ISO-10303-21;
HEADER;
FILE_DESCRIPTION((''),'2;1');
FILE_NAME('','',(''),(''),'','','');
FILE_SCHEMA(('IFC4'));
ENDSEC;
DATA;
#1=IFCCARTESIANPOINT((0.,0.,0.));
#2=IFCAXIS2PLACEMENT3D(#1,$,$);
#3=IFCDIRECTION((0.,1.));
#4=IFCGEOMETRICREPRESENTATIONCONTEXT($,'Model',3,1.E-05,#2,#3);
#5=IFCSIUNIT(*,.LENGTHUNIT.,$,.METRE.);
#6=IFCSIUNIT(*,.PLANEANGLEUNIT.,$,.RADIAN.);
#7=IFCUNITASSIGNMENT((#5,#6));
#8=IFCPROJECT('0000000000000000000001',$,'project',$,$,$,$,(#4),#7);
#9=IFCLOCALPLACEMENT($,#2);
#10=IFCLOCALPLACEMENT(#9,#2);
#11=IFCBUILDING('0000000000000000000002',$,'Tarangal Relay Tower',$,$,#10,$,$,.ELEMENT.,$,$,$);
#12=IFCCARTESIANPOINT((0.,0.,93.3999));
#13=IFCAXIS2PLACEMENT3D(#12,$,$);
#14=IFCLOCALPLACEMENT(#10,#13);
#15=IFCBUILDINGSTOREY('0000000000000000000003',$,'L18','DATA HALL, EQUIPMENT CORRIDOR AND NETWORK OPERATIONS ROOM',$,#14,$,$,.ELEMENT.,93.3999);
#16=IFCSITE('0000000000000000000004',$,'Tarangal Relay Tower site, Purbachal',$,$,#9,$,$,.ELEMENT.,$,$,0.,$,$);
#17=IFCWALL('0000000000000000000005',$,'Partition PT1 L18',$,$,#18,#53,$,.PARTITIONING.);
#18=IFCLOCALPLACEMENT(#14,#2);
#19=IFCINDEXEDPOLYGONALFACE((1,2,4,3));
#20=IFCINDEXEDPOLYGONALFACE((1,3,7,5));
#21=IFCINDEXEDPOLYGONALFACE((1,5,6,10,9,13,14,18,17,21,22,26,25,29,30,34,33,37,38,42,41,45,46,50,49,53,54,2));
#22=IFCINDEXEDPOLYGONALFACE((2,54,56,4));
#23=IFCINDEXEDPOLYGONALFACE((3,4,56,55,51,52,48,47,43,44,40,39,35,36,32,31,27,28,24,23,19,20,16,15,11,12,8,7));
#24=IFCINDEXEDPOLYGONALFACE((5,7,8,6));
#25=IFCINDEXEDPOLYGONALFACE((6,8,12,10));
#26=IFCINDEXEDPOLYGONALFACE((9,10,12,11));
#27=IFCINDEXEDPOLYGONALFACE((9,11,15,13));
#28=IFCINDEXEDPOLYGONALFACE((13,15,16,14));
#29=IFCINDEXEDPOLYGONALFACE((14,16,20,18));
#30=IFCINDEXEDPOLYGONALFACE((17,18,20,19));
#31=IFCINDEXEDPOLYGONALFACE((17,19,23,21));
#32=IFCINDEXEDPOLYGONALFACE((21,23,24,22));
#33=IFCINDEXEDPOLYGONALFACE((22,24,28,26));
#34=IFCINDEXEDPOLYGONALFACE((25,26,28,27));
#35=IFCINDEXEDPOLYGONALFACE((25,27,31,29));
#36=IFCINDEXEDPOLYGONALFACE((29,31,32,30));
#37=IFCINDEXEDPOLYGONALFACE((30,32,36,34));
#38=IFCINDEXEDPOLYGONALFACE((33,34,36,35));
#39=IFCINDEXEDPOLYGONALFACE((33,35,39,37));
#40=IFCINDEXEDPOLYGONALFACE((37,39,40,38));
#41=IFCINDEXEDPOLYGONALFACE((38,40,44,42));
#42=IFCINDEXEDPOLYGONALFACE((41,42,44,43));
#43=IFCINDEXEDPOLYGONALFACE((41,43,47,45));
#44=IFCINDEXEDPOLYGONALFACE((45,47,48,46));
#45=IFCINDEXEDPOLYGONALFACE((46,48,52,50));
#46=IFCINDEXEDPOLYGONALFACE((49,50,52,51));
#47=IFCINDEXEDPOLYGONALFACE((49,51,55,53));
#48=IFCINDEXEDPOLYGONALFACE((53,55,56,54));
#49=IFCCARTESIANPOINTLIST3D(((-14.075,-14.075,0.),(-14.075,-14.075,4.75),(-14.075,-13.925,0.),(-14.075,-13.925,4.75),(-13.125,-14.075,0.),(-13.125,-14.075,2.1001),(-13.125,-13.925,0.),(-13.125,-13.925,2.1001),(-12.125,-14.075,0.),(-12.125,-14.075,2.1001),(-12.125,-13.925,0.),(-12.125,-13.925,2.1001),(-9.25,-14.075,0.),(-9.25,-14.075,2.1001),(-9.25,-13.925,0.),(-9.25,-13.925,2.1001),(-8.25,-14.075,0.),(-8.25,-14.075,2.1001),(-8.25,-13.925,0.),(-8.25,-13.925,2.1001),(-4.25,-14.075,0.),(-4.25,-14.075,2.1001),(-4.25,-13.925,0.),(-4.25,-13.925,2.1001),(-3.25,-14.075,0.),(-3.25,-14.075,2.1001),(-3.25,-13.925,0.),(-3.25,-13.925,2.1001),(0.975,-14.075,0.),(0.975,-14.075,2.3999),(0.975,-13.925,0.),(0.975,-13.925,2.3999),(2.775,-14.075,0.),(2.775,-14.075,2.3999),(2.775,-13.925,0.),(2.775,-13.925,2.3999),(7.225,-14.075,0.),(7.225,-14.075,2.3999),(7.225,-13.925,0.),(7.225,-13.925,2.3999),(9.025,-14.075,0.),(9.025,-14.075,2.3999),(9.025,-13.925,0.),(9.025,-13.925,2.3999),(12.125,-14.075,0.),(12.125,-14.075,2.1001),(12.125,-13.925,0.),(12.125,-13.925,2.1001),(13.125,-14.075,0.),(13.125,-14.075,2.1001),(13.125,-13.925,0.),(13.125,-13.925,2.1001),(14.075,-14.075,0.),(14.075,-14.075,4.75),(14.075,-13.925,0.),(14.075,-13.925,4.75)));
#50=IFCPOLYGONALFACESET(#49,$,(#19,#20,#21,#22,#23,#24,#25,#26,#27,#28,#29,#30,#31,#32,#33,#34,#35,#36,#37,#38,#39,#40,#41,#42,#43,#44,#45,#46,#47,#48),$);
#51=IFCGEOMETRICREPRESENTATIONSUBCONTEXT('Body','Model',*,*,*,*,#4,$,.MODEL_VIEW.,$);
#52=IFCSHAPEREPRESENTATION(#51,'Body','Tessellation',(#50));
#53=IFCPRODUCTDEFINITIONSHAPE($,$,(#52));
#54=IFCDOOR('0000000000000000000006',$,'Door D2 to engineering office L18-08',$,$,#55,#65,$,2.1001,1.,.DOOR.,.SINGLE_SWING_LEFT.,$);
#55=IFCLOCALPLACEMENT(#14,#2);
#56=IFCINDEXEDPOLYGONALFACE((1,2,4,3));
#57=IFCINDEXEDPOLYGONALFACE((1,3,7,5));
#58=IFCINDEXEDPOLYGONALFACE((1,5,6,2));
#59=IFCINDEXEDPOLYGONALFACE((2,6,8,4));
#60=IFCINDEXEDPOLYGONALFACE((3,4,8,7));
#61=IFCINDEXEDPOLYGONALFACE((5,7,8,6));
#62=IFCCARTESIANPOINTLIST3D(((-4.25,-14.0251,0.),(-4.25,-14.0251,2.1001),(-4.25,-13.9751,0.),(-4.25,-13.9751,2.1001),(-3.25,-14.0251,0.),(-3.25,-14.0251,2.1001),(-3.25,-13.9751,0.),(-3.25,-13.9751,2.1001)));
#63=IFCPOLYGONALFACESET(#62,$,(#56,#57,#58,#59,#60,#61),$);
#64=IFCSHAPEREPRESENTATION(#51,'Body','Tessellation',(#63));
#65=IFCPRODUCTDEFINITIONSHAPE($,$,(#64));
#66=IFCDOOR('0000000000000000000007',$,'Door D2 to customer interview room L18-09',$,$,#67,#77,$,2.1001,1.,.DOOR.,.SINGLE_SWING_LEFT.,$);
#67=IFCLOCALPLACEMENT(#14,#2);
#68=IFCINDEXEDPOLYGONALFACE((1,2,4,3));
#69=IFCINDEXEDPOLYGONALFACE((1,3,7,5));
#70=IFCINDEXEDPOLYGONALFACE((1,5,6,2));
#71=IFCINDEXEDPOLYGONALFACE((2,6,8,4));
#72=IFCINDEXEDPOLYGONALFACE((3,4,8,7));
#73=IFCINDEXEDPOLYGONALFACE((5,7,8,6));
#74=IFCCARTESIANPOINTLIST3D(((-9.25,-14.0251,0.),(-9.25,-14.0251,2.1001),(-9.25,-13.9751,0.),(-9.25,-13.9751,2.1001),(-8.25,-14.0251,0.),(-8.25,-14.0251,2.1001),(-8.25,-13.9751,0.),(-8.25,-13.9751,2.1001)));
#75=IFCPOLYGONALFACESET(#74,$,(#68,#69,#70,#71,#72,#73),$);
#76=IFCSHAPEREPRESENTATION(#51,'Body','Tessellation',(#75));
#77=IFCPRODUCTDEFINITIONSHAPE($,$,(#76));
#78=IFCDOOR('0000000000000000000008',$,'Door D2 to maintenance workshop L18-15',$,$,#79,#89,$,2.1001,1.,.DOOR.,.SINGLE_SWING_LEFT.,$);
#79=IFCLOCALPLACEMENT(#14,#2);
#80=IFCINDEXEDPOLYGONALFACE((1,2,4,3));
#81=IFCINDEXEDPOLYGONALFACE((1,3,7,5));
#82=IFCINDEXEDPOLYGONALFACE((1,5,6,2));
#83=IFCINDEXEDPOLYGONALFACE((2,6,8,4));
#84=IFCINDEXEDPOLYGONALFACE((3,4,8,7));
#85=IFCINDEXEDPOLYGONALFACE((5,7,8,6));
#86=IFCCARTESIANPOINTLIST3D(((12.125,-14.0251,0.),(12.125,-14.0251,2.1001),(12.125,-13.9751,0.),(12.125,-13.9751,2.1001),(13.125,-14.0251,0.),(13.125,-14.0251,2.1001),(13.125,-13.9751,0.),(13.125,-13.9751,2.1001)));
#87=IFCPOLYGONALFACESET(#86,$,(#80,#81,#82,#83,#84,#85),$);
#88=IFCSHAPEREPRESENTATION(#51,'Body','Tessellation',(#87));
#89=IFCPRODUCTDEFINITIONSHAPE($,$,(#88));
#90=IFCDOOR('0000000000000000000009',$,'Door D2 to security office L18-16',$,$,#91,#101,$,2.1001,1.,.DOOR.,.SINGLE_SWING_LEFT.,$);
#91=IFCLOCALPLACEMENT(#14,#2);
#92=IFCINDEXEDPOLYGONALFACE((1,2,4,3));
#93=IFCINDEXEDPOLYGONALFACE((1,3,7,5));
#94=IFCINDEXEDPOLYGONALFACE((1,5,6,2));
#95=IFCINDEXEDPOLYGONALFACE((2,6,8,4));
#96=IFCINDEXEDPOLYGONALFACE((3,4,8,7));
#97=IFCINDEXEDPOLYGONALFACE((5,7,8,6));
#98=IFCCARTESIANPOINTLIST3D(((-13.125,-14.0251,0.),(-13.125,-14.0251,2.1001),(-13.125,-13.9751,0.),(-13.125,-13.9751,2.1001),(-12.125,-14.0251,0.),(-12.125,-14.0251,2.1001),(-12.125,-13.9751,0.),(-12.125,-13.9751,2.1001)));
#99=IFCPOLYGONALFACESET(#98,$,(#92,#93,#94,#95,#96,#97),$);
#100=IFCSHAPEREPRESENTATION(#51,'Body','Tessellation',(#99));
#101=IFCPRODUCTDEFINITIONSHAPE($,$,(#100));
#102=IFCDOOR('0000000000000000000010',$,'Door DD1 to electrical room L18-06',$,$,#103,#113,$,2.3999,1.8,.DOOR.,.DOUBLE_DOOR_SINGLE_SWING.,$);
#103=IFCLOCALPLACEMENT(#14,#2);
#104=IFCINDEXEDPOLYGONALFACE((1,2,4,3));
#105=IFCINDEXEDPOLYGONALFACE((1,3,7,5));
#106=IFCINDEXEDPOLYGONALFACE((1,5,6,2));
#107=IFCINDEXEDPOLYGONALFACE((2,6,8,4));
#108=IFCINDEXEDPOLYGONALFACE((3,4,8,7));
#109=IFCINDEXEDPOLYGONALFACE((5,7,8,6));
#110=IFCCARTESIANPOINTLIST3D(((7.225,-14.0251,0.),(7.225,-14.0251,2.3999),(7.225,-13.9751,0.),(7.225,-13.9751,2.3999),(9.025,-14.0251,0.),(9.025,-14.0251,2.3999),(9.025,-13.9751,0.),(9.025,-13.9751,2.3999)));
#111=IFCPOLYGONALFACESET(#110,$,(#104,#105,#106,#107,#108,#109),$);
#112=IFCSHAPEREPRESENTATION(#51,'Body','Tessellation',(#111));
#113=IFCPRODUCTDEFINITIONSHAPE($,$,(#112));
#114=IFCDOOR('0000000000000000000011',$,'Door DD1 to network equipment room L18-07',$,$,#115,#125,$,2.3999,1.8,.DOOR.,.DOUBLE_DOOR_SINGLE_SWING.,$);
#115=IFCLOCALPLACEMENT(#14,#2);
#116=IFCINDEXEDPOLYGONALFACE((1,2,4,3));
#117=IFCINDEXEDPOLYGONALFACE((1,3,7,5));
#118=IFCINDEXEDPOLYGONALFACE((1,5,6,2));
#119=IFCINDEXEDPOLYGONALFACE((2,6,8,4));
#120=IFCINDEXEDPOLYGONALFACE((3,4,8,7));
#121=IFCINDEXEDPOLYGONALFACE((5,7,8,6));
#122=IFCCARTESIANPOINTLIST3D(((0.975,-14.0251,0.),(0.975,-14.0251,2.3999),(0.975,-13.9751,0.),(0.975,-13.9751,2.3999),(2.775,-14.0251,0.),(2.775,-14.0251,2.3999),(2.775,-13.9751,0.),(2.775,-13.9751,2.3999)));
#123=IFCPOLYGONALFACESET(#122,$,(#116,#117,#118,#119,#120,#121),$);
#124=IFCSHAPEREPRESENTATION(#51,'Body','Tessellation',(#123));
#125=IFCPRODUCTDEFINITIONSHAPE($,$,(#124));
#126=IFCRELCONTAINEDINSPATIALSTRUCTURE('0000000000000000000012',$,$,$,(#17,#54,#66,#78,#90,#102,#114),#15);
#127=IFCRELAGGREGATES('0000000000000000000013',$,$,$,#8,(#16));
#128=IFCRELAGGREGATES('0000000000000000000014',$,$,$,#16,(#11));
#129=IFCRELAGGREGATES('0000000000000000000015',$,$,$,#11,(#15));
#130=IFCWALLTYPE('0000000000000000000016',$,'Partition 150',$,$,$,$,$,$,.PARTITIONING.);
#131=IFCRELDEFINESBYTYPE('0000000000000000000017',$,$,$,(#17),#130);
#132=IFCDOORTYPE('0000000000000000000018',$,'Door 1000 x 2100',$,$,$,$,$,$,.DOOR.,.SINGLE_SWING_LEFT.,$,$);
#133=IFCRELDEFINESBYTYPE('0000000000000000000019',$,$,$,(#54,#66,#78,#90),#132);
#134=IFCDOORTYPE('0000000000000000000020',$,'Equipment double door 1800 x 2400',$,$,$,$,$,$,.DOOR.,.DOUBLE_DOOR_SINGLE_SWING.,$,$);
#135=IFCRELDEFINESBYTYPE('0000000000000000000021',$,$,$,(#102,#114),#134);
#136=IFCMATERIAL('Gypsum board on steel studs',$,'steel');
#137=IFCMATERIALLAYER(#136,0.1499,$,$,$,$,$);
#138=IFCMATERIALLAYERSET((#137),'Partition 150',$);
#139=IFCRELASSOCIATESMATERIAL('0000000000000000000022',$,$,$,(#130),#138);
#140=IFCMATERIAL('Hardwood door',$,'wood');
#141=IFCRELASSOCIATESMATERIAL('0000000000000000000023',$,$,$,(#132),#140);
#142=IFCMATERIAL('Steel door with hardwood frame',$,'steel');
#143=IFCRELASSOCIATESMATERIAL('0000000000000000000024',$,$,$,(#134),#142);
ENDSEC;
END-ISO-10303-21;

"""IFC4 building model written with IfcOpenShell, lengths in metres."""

from ifc_helpers import new_model, si_unit, direction, frame, frame_2d, origin, place, context, subcontext, project, spatial, rectangle, extrude, material, layer, layer_set, type_object, element, fill, save


model = new_model("IFC4")

# Units and contexts
model_context = context("Model", 3, precision=1e-05, world=origin(), true_north=direction((0.0, 1.0)))
body_context = subcontext(model_context, "Body", "Model", "MODEL_VIEW")
ifc_project = project(units=[si_unit("LENGTHUNIT", "METRE"), si_unit("PLANEANGLEUNIT", "RADIAN")], contexts=[model_context])

# Site, building, storey
site_placement = place(None, origin())
site = spatial("IfcSite", under=ifc_project, at=site_placement, Name="Tarangal Relay Tower site, Purbachal", CompositionType="ELEMENT", RefElevation=0.0)
building_placement = place(site_placement, origin())
building = spatial("IfcBuilding", under=site, at=building_placement, Name="Tarangal Relay Tower", CompositionType="ELEMENT")
storey_placement = place(building_placement, frame((0.0, 0.0, 93.3999)))
storey = spatial("IfcBuildingStorey", under=building, at=storey_placement, Name="L18", Description="DATA HALL, EQUIPMENT CORRIDOR AND NETWORK OPERATIONS ROOM", CompositionType="ELEMENT", Elevation=93.3999)

# Wall, openings, doors
ifc_material_1 = material(Name="Gypsum board on steel studs", Category="steel")
ifc_layer_1 = layer(ifc_material_1, 0.1499)
ifc_layer_set_1 = layer_set([ifc_layer_1], Name="Partition 150")
wall_type_1 = type_object("IfcWallType", Name="Partition 150", PredefinedType="PARTITIONING", material=ifc_layer_set_1)
wall_1_placement = place(storey_placement, frame((-14.075, -14.0, 0.0), z_axis=(0.0, 0.0, 1.0), x_axis=(1.0, 0.0, 0.0)))
wall_1 = element("IfcWall", 1, at=wall_1_placement, inside=storey, type_object=wall_type_1, Name="Partition PT1 L18", PredefinedType="PARTITIONING", context=body_context, shape_type="SweptSolid", body=[
    extrude(rectangle(XDim=28.1499, YDim=0.1499, at=frame_2d((14.075, 0.0))), origin(), (0.0, 0.0, 1.0), 4.75),
])
opening_1_placement = place(wall_1_placement, frame((21.3, 0.0, 0.0)))
opening_1 = element("IfcOpeningElement", 2, at=opening_1_placement, cuts=wall_1, PredefinedType="OPENING", context=body_context, shape_type="SweptSolid", body=[
    extrude(rectangle(XDim=1.8, YDim=2.3999, at=frame_2d((0.8999, 1.2))), frame((0.0, 0.085, 0.0), z_axis=(0.0, -1.0, 0.0), x_axis=(1.0, 0.0, 0.0)), (0.0, 0.0, 1.0), 0.1699),
])
opening_2_placement = place(wall_1_placement, frame((15.05, 0.0, 0.0)))
opening_2 = element("IfcOpeningElement", 3, at=opening_2_placement, cuts=wall_1, PredefinedType="OPENING", context=body_context, shape_type="SweptSolid", body=[
    extrude(rectangle(XDim=1.8, YDim=2.3999, at=frame_2d((0.8999, 1.2))), frame((0.0, 0.085, 0.0), z_axis=(0.0, -1.0, 0.0), x_axis=(1.0, 0.0, 0.0)), (0.0, 0.0, 1.0), 0.1699),
])
opening_3_placement = place(wall_1_placement, frame((9.825, 0.0, 0.0)))
opening_3 = element("IfcOpeningElement", 4, at=opening_3_placement, cuts=wall_1, PredefinedType="OPENING", context=body_context, shape_type="SweptSolid", body=[
    extrude(rectangle(XDim=1.0, YDim=2.1001, at=frame_2d((0.5, 1.05))), frame((0.0, 0.085, 0.0), z_axis=(0.0, -1.0, 0.0), x_axis=(1.0, 0.0, 0.0)), (0.0, 0.0, 1.0), 0.1699),
])
opening_4_placement = place(wall_1_placement, frame((4.825, 0.0, 0.0)))
opening_4 = element("IfcOpeningElement", 5, at=opening_4_placement, cuts=wall_1, PredefinedType="OPENING", context=body_context, shape_type="SweptSolid", body=[
    extrude(rectangle(XDim=1.0, YDim=2.1001, at=frame_2d((0.5, 1.05))), frame((0.0, 0.085, 0.0), z_axis=(0.0, -1.0, 0.0), x_axis=(1.0, 0.0, 0.0)), (0.0, 0.0, 1.0), 0.1699),
])
opening_5_placement = place(wall_1_placement, frame((26.2, 0.0, 0.0)))
opening_5 = element("IfcOpeningElement", 6, at=opening_5_placement, cuts=wall_1, PredefinedType="OPENING", context=body_context, shape_type="SweptSolid", body=[
    extrude(rectangle(XDim=1.0, YDim=2.1001, at=frame_2d((0.5, 1.05))), frame((0.0, 0.085, 0.0), z_axis=(0.0, -1.0, 0.0), x_axis=(1.0, 0.0, 0.0)), (0.0, 0.0, 1.0), 0.1699),
])
opening_6_placement = place(wall_1_placement, frame((0.95, 0.0, 0.0)))
opening_6 = element("IfcOpeningElement", 7, at=opening_6_placement, cuts=wall_1, PredefinedType="OPENING", context=body_context, shape_type="SweptSolid", body=[
    extrude(rectangle(XDim=1.0, YDim=2.1001, at=frame_2d((0.5, 1.05))), frame((0.0, 0.085, 0.0), z_axis=(0.0, -1.0, 0.0), x_axis=(1.0, 0.0, 0.0)), (0.0, 0.0, 1.0), 0.1699),
])
ifc_material_2 = material(Name="Hardwood door", Category="wood")
door_type_1 = type_object("IfcDoorType", Name="Door 1000 x 2100", OperationType="SINGLE_SWING_LEFT", PredefinedType="DOOR", material=ifc_material_2)
door_1_placement = place(opening_3_placement, origin())
door_1 = element("IfcDoor", 8, at=door_1_placement, inside=storey, type_object=door_type_1, Name="Door D2 to engineering office L18-08", OperationType="SINGLE_SWING_LEFT", OverallHeight=2.1001, OverallWidth=1.0, PredefinedType="DOOR", context=body_context, shape_type="SweptSolid", body=[
    extrude(rectangle(XDim=1.0, YDim=2.1001, at=frame_2d((0.5, 1.05))), frame((0.0, 0.0249, 0.0), z_axis=(0.0, -1.0, 0.0), x_axis=(1.0, 0.0, 0.0)), (0.0, 0.0, 1.0), 0.05),
])
fill(opening_3, door_1)
door_2_placement = place(opening_4_placement, origin())
door_2 = element("IfcDoor", 9, at=door_2_placement, inside=storey, type_object=door_type_1, Name="Door D2 to customer interview room L18-09", OperationType="SINGLE_SWING_LEFT", OverallHeight=2.1001, OverallWidth=1.0, PredefinedType="DOOR", context=body_context, shape_type="SweptSolid", body=[
    extrude(rectangle(XDim=1.0, YDim=2.1001, at=frame_2d((0.5, 1.05))), frame((0.0, 0.0249, 0.0), z_axis=(0.0, -1.0, 0.0), x_axis=(1.0, 0.0, 0.0)), (0.0, 0.0, 1.0), 0.05),
])
fill(opening_4, door_2)
door_3_placement = place(opening_5_placement, origin())
door_3 = element("IfcDoor", 10, at=door_3_placement, inside=storey, type_object=door_type_1, Name="Door D2 to maintenance workshop L18-15", OperationType="SINGLE_SWING_LEFT", OverallHeight=2.1001, OverallWidth=1.0, PredefinedType="DOOR", context=body_context, shape_type="SweptSolid", body=[
    extrude(rectangle(XDim=1.0, YDim=2.1001, at=frame_2d((0.5, 1.05))), frame((0.0, 0.0249, 0.0), z_axis=(0.0, -1.0, 0.0), x_axis=(1.0, 0.0, 0.0)), (0.0, 0.0, 1.0), 0.05),
])
fill(opening_5, door_3)
door_4_placement = place(opening_6_placement, origin())
door_4 = element("IfcDoor", 11, at=door_4_placement, inside=storey, type_object=door_type_1, Name="Door D2 to security office L18-16", OperationType="SINGLE_SWING_LEFT", OverallHeight=2.1001, OverallWidth=1.0, PredefinedType="DOOR", context=body_context, shape_type="SweptSolid", body=[
    extrude(rectangle(XDim=1.0, YDim=2.1001, at=frame_2d((0.5, 1.05))), frame((0.0, 0.0249, 0.0), z_axis=(0.0, -1.0, 0.0), x_axis=(1.0, 0.0, 0.0)), (0.0, 0.0, 1.0), 0.05),
])
fill(opening_6, door_4)
ifc_material_3 = material(Name="Steel door with hardwood frame", Category="steel")
door_type_2 = type_object("IfcDoorType", Name="Equipment double door 1800 x 2400", OperationType="DOUBLE_DOOR_SINGLE_SWING", PredefinedType="DOOR", material=ifc_material_3)
door_5_placement = place(opening_1_placement, origin())
door_5 = element("IfcDoor", 12, at=door_5_placement, inside=storey, type_object=door_type_2, Name="Door DD1 to electrical room L18-06", OperationType="DOUBLE_DOOR_SINGLE_SWING", OverallHeight=2.3999, OverallWidth=1.8, PredefinedType="DOOR", context=body_context, shape_type="SweptSolid", body=[
    extrude(rectangle(XDim=1.8, YDim=2.3999, at=frame_2d((0.8999, 1.2))), frame((0.0, 0.0249, 0.0), z_axis=(0.0, -1.0, 0.0), x_axis=(1.0, 0.0, 0.0)), (0.0, 0.0, 1.0), 0.05),
])
fill(opening_1, door_5)
door_6_placement = place(opening_2_placement, origin())
door_6 = element("IfcDoor", 13, at=door_6_placement, inside=storey, type_object=door_type_2, Name="Door DD1 to network equipment room L18-07", OperationType="DOUBLE_DOOR_SINGLE_SWING", OverallHeight=2.3999, OverallWidth=1.8, PredefinedType="DOOR", context=body_context, shape_type="SweptSolid", body=[
    extrude(rectangle(XDim=1.8, YDim=2.3999, at=frame_2d((0.8999, 1.2))), frame((0.0, 0.0249, 0.0), z_axis=(0.0, -1.0, 0.0), x_axis=(1.0, 0.0, 0.0)), (0.0, 0.0, 1.0), 0.05),
])
fill(opening_2, door_6)

save(model, "model.ifc")
